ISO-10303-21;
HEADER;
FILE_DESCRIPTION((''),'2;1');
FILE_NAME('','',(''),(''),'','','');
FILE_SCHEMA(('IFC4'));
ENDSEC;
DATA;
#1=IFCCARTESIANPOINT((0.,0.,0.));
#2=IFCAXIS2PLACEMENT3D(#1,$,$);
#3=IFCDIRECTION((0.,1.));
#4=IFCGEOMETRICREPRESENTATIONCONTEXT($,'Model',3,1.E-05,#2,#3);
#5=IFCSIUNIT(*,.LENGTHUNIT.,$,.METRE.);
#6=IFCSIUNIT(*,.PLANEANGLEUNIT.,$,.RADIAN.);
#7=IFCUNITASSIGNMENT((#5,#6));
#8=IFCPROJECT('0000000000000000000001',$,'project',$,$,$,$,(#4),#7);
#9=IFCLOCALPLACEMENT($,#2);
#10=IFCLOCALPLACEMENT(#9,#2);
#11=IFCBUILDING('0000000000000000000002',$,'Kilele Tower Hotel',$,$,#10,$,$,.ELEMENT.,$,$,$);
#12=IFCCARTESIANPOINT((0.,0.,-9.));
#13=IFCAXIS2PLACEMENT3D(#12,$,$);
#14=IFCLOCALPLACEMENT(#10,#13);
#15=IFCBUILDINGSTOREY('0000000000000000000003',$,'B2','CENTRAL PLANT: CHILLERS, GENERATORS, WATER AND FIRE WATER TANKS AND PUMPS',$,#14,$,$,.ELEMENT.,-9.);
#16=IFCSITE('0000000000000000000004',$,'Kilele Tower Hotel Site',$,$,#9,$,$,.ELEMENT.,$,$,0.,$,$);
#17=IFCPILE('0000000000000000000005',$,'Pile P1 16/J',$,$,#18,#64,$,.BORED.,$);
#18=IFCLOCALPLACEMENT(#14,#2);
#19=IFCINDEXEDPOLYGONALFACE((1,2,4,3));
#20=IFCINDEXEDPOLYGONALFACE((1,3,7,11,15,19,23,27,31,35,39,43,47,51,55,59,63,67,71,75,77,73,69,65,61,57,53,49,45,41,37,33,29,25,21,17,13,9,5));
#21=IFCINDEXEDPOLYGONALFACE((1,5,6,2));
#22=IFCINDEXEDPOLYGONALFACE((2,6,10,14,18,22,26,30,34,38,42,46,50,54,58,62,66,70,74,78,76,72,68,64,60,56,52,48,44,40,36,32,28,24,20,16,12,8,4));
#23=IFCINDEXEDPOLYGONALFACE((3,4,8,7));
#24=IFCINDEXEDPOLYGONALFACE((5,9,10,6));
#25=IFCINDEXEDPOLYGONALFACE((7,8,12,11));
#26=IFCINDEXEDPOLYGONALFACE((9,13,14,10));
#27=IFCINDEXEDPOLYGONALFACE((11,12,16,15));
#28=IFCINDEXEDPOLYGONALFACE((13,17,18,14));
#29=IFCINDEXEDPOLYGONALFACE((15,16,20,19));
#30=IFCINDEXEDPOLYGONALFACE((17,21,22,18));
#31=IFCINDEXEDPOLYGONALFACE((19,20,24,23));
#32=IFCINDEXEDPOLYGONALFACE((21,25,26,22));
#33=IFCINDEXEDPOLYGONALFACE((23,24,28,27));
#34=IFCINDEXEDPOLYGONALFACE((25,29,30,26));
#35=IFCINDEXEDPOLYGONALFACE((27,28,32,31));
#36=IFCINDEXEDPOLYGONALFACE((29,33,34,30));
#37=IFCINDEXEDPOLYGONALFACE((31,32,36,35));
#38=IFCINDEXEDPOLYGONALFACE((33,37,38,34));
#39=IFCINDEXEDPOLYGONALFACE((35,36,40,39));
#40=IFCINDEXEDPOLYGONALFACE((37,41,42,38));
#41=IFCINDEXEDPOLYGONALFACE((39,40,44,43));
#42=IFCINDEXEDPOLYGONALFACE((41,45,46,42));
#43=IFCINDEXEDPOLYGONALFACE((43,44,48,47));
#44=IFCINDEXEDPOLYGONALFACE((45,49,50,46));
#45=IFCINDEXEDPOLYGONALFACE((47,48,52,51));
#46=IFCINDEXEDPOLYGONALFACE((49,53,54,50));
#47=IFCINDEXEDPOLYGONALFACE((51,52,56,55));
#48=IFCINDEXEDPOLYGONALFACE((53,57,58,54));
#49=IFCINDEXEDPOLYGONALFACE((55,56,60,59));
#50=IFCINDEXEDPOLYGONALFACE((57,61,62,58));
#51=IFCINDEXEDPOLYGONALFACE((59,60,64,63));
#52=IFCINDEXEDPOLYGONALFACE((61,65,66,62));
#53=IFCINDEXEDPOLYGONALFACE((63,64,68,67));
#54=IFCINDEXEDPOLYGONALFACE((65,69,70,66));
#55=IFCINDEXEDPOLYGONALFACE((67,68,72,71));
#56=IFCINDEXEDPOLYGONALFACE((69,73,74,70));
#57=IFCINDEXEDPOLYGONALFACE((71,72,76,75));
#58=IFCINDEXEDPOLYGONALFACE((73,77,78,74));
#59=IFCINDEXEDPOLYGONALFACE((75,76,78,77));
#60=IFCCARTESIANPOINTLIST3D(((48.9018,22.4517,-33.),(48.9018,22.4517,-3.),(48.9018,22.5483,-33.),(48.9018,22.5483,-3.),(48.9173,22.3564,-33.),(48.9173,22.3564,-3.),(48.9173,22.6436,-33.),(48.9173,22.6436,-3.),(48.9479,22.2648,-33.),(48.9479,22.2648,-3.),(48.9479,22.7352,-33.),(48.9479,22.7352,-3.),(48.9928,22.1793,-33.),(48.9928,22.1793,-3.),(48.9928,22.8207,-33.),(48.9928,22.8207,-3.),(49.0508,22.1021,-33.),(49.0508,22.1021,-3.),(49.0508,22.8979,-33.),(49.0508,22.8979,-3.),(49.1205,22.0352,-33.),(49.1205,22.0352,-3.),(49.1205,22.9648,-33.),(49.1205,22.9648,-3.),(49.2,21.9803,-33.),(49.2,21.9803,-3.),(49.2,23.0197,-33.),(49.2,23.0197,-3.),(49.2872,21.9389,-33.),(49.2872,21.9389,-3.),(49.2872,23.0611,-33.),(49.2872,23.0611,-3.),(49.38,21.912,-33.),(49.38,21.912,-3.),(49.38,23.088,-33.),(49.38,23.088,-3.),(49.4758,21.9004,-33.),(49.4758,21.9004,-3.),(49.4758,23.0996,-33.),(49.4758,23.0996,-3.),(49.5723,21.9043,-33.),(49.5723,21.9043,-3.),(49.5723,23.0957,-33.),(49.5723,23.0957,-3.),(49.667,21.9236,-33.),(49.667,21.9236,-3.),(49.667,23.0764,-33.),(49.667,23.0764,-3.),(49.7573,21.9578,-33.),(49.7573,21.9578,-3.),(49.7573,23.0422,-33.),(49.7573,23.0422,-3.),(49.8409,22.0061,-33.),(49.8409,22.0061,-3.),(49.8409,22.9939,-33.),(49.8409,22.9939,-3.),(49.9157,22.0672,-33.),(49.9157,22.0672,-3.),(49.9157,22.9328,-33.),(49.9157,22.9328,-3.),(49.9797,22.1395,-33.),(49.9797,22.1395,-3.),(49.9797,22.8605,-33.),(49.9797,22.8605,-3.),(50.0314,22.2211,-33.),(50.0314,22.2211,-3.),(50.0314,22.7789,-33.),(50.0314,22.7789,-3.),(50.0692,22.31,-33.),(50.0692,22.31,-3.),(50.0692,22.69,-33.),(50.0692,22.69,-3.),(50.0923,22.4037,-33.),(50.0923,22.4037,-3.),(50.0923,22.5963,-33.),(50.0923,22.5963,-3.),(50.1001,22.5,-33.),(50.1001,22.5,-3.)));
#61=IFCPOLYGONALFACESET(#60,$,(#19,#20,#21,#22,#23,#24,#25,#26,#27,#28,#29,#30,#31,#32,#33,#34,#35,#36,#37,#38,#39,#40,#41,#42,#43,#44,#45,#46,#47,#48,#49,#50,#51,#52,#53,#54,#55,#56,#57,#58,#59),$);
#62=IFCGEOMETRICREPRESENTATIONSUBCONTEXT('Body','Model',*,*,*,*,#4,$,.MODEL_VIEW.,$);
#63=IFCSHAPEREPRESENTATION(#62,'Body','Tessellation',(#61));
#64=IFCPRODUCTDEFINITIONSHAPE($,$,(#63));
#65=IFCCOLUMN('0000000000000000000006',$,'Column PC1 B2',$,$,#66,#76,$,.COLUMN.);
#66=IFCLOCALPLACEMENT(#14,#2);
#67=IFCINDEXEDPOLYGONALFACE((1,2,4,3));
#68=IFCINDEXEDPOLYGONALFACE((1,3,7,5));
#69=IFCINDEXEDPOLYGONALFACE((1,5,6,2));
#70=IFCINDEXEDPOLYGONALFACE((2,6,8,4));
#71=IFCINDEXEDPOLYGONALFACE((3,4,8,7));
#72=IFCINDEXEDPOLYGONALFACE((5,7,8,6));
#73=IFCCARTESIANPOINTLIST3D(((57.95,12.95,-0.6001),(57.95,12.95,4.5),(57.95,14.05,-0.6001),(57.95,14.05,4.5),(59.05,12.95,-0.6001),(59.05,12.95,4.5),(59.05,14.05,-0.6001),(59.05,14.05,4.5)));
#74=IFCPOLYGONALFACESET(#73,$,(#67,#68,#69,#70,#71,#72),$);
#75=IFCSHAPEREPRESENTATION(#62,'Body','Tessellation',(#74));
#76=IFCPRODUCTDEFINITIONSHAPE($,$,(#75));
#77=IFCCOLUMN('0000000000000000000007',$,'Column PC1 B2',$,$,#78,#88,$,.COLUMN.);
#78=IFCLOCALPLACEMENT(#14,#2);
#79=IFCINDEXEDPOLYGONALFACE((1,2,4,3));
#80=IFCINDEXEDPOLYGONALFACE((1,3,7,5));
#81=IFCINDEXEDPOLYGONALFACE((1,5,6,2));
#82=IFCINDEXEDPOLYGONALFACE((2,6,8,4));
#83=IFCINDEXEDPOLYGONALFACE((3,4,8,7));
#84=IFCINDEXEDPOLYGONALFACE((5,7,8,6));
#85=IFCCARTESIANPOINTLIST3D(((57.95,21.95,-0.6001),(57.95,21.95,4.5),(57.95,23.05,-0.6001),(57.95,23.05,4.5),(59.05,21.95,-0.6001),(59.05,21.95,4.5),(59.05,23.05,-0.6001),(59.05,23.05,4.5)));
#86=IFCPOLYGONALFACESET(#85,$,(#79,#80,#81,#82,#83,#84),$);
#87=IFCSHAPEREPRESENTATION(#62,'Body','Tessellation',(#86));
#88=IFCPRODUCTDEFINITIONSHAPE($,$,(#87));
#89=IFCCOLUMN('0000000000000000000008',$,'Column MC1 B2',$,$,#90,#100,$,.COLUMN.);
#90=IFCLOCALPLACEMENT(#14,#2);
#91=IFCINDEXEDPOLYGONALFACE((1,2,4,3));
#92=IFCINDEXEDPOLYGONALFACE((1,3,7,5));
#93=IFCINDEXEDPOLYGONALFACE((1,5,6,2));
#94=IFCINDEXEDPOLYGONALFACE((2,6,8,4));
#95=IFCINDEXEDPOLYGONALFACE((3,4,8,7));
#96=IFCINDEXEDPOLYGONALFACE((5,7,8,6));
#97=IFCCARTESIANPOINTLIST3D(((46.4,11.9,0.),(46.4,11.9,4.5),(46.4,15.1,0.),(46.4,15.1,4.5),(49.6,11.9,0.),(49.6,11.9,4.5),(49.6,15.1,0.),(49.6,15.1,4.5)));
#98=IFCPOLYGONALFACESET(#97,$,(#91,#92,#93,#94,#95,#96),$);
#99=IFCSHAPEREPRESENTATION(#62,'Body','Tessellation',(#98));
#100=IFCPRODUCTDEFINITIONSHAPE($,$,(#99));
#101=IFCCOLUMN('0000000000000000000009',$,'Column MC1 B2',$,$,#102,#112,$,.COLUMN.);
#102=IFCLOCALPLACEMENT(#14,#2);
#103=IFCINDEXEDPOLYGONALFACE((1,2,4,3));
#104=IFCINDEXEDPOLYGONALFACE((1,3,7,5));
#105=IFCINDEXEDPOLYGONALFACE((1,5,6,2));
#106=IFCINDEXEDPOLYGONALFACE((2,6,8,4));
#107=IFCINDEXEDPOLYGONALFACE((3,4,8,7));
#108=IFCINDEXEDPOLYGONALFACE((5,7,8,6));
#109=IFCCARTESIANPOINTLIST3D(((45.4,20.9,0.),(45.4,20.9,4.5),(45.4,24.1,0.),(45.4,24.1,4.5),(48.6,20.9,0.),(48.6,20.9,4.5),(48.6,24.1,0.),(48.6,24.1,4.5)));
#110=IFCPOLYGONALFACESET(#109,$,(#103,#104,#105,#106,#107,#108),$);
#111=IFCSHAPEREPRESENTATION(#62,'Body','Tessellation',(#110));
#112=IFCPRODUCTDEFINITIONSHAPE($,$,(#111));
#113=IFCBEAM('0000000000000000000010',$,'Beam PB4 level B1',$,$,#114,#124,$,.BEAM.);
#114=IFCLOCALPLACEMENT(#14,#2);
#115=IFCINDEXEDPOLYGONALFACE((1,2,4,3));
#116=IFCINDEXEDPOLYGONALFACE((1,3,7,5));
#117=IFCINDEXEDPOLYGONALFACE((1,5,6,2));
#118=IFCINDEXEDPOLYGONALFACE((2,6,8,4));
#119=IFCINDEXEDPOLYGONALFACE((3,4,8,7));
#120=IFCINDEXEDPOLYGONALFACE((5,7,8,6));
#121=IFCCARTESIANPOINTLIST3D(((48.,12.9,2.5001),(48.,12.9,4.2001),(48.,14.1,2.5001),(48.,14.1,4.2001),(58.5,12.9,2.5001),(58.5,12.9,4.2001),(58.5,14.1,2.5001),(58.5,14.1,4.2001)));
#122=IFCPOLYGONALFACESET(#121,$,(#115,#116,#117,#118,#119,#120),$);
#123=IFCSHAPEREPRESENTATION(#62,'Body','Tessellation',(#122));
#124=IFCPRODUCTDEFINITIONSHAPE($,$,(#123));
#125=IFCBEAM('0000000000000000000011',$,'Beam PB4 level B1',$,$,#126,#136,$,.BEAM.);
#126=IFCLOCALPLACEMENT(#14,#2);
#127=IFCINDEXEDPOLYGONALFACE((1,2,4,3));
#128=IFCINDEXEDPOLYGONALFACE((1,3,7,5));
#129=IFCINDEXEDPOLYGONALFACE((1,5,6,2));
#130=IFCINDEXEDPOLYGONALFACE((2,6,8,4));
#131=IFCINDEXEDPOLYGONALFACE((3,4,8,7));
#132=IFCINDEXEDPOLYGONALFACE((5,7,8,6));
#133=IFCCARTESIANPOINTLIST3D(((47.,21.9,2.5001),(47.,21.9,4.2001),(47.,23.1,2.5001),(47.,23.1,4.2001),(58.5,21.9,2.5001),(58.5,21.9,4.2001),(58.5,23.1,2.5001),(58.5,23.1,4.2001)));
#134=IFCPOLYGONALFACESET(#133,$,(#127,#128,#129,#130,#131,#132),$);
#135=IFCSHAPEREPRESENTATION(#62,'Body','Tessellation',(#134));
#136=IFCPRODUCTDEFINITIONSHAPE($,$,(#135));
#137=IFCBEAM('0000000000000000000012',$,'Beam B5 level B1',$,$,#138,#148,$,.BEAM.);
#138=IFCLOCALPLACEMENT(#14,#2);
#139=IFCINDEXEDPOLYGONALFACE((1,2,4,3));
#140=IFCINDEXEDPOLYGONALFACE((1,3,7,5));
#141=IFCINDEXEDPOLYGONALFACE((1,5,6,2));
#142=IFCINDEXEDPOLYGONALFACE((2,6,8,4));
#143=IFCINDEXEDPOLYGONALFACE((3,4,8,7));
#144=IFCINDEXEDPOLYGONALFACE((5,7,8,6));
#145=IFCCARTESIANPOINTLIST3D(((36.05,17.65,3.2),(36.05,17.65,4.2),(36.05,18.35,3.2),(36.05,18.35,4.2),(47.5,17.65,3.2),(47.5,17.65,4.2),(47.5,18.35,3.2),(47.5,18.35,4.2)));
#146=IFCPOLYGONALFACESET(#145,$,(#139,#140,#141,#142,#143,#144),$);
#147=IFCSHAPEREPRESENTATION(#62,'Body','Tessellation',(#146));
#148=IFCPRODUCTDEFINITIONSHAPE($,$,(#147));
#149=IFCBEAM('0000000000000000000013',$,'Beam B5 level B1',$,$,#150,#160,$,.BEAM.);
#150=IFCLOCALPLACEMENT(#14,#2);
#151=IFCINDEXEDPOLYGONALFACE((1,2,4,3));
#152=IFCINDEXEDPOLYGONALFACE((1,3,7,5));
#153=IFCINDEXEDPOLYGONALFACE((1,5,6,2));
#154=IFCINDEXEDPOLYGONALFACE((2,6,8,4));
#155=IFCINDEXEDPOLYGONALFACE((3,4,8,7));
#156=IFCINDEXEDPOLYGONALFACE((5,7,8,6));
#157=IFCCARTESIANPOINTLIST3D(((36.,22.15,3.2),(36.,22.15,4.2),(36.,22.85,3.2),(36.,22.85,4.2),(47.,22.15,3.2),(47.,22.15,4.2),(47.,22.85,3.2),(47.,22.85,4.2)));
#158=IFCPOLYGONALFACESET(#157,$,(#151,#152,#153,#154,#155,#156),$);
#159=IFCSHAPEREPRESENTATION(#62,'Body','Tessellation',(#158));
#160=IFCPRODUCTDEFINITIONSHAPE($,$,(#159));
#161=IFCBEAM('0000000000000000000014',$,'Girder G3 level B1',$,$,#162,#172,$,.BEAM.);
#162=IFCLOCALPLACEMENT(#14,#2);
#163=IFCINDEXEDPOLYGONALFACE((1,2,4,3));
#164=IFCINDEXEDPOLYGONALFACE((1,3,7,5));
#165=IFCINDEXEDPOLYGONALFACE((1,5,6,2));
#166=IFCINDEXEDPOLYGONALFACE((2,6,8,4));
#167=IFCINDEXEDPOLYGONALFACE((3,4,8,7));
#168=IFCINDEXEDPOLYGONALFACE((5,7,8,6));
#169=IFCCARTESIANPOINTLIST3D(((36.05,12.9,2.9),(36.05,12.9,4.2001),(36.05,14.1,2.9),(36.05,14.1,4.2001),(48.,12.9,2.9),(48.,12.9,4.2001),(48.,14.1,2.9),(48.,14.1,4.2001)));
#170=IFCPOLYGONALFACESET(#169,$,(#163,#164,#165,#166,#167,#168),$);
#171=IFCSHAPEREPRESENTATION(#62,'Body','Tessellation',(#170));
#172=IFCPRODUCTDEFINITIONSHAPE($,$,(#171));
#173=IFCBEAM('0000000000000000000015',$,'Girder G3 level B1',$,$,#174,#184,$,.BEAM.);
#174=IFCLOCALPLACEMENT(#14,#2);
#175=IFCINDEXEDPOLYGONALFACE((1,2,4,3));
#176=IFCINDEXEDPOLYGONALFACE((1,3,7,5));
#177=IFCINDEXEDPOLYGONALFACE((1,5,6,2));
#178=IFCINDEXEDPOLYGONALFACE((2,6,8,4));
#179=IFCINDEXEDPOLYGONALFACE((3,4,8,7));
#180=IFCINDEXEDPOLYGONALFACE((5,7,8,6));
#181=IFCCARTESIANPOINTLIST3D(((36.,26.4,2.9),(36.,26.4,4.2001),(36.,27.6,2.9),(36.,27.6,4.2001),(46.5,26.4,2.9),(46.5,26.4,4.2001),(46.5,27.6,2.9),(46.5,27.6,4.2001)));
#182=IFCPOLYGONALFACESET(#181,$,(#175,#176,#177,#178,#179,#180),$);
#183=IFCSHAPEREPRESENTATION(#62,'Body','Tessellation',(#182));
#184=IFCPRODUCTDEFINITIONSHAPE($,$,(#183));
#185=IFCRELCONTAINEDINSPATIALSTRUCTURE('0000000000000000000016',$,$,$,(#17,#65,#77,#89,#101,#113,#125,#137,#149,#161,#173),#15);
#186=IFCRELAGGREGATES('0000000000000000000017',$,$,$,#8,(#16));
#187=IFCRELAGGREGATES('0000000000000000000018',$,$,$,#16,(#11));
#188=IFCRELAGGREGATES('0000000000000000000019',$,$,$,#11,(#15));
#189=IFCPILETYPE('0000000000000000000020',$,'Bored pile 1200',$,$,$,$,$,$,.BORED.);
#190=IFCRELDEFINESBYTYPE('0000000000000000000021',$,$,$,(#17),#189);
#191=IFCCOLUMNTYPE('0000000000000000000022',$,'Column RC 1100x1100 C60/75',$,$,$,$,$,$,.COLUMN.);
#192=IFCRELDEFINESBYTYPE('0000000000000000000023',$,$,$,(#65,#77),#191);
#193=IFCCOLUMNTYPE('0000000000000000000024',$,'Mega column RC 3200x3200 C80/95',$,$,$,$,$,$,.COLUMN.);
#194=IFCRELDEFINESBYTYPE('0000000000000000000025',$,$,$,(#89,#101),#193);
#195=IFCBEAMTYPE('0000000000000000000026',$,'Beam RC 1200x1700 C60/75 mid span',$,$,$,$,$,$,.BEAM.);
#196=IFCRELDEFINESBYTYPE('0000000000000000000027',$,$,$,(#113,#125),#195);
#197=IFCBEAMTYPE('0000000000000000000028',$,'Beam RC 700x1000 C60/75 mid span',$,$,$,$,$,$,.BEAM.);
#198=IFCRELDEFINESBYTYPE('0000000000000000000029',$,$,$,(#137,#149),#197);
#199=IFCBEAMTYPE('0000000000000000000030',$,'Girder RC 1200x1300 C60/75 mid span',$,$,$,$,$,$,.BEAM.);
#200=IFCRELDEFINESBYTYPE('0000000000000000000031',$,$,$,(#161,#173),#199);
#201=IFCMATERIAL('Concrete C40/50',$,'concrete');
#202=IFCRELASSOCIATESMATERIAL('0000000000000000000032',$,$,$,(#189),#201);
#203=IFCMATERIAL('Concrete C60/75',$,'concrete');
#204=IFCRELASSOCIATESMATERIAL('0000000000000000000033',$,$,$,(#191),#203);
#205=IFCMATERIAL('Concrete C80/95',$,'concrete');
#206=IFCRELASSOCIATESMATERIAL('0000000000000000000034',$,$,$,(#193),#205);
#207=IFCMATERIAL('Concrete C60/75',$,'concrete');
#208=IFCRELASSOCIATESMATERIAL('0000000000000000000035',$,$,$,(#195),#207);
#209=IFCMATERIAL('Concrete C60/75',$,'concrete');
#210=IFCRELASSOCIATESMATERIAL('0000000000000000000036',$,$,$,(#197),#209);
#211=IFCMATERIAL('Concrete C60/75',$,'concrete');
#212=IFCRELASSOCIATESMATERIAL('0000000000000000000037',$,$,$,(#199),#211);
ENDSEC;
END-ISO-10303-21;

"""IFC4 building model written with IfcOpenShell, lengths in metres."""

from ifc_helpers import new_model, si_unit, direction, frame, origin, origin_2d, place, context, subcontext, project, spatial, rectangle, circle, extrude, material, material_profile, profile_set, type_object, element, save


model = new_model("IFC4")

# Units and contexts
model_context = context("Model", 3, precision=1e-05, world=origin(), true_north=direction((0.0, 1.0)))
body_context = subcontext(model_context, "Body", "Model", "MODEL_VIEW")
ifc_project = project(units=[si_unit("LENGTHUNIT", "METRE"), si_unit("PLANEANGLEUNIT", "RADIAN")], contexts=[model_context])

# Site, building, storey
site_placement = place(None, origin())
site = spatial("IfcSite", under=ifc_project, at=site_placement, Name="Kilele Tower Hotel Site", CompositionType="ELEMENT", RefElevation=0.0)
building_placement = place(site_placement, origin())
building = spatial("IfcBuilding", under=site, at=building_placement, Name="Kilele Tower Hotel", CompositionType="ELEMENT")
storey_placement = place(building_placement, frame((0.0, 0.0, -9.0)))
storey = spatial("IfcBuildingStorey", under=building, at=storey_placement, Name="B2", Description="CENTRAL PLANT: CHILLERS, GENERATORS, WATER AND FIRE WATER TANKS AND PUMPS", CompositionType="ELEMENT", Elevation=-9.0)

# Pile
ifc_material_1 = material(Name="Concrete C40/50", Category="concrete")
ifc_material_profile_1 = material_profile(ifc_material_1, circle(Radius=0.6001, at=origin_2d()))
ifc_profile_set_1 = profile_set([ifc_material_profile_1], Name="Concrete C40/50")
pile_type = type_object("IfcPileType", Name="Bored pile 1200", PredefinedType="BORED", material=ifc_profile_set_1)
for number, where, z_axis, x_axis, name in (
    (1, (49.5, 22.5, -3.0), (0.0, 0.0, -1.0), (1.0, 0.0, 0.0), "Pile P1 16/J"),
):
    element("IfcPile", number, at=place(storey_placement, frame(where, z_axis=z_axis, x_axis=x_axis)), inside=storey, type_object=pile_type, Name=name, PredefinedType="BORED", context=body_context, shape_type="SweptSolid", body=[
        extrude(circle(Radius=0.6001, at=origin_2d()), origin(), (0.0, 0.0, 1.0), 30.0),
    ])

# Columns
ifc_material_2 = material(Name="Concrete C60/75", Category="concrete")
ifc_material_profile_2 = material_profile(ifc_material_2, rectangle(XDim=1.1001, YDim=1.1001, at=origin_2d()))
ifc_profile_set_2 = profile_set([ifc_material_profile_2], Name="Concrete C60/75")
column_type_1 = type_object("IfcColumnType", Name="Column RC 1100x1100 C60/75", PredefinedType="COLUMN", material=ifc_profile_set_2)
for number, where, z_axis, x_axis, name in (
    (2, (58.5, 13.5, -0.6001), (0.0, 0.0, 1.0), (1.0, 0.0, 0.0), "Column PC1 B2"),
    (3, (58.5, 22.5, -0.6001), (0.0, 0.0, 1.0), (1.0, 0.0, 0.0), "Column PC1 B2"),
):
    element("IfcColumn", number, at=place(storey_placement, frame(where, z_axis=z_axis, x_axis=x_axis)), inside=storey, type_object=column_type_1, Name=name, PredefinedType="COLUMN", context=body_context, shape_type="SweptSolid", body=[
        extrude(rectangle(XDim=1.1001, YDim=1.1001, at=origin_2d()), origin(), (0.0, 0.0, 1.0), 5.1001),
    ])
ifc_material_3 = material(Name="Concrete C80/95", Category="concrete")
ifc_material_profile_3 = material_profile(ifc_material_3, rectangle(XDim=3.2, YDim=3.2, at=origin_2d()))
ifc_profile_set_3 = profile_set([ifc_material_profile_3], Name="Concrete C80/95")
column_type_2 = type_object("IfcColumnType", Name="Mega column RC 3200x3200 C80/95", PredefinedType="COLUMN", material=ifc_profile_set_3)
for number, where, z_axis, x_axis, name in (
    (4, (48.0, 13.5, 0.0), (0.0, 0.0, 1.0), (1.0, 0.0, 0.0), "Column MC1 B2"),
    (5, (47.0, 22.5, 0.0), (0.0, 0.0, 1.0), (1.0, 0.0, 0.0), "Column MC1 B2"),
):
    element("IfcColumn", number, at=place(storey_placement, frame(where, z_axis=z_axis, x_axis=x_axis)), inside=storey, type_object=column_type_2, Name=name, PredefinedType="COLUMN", context=body_context, shape_type="SweptSolid", body=[
        extrude(rectangle(XDim=3.2, YDim=3.2, at=origin_2d()), origin(), (0.0, 0.0, 1.0), 4.5),
    ])

# Beams
ifc_material_4 = material(Name="Concrete C60/75", Category="concrete")
ifc_material_profile_4 = material_profile(ifc_material_4, rectangle(XDim=1.2, YDim=1.7, at=origin_2d()))
ifc_profile_set_4 = profile_set([ifc_material_profile_4], Name="Concrete C60/75")
beam_type_1 = type_object("IfcBeamType", Name="Beam RC 1200x1700 C60/75 mid span", PredefinedType="BEAM", material=ifc_profile_set_4)
beam_1_placement = place(storey_placement, frame((48.0, 13.5, 3.3501), z_axis=(1.0, 0.0, 0.0), x_axis=(0.0, 1.0, 0.0)))
element("IfcBeam", 6, at=beam_1_placement, inside=storey, type_object=beam_type_1, Name="Beam PB4 level B1", PredefinedType="BEAM", context=body_context, shape_type="SweptSolid", body=[
    extrude(rectangle(XDim=1.2, YDim=1.7, at=origin_2d()), origin(), (0.0, 0.0, 1.0), 10.5),
])
beam_2_placement = place(storey_placement, frame((47.0, 22.5, 3.3501), z_axis=(1.0, 0.0, 0.0), x_axis=(0.0, 1.0, 0.0)))
element("IfcBeam", 7, at=beam_2_placement, inside=storey, type_object=beam_type_1, Name="Beam PB4 level B1", PredefinedType="BEAM", context=body_context, shape_type="SweptSolid", body=[
    extrude(rectangle(XDim=1.2, YDim=1.7, at=origin_2d()), origin(), (0.0, 0.0, 1.0), 11.5),
])
ifc_material_5 = material(Name="Concrete C60/75", Category="concrete")
ifc_material_profile_5 = material_profile(ifc_material_5, rectangle(XDim=0.7, YDim=1.0, at=origin_2d()))
ifc_profile_set_5 = profile_set([ifc_material_profile_5], Name="Concrete C60/75")
beam_type_2 = type_object("IfcBeamType", Name="Beam RC 700x1000 C60/75 mid span", PredefinedType="BEAM", material=ifc_profile_set_5)
beam_3_placement = place(storey_placement, frame((47.5, 18.0, 3.7), z_axis=(-1.0, 0.0, 0.0), x_axis=(0.0, -1.0, 0.0)))
element("IfcBeam", 8, at=beam_3_placement, inside=storey, type_object=beam_type_2, Name="Beam B5 level B1", PredefinedType="BEAM", context=body_context, shape_type="SweptSolid", body=[
    extrude(rectangle(XDim=0.7, YDim=1.0, at=origin_2d()), origin(), (0.0, 0.0, 1.0), 11.45),
])
beam_4_placement = place(storey_placement, frame((47.0, 22.5, 3.7), z_axis=(-1.0, 0.0, 0.0), x_axis=(0.0, -1.0, 0.0)))
element("IfcBeam", 9, at=beam_4_placement, inside=storey, type_object=beam_type_2, Name="Beam B5 level B1", PredefinedType="BEAM", context=body_context, shape_type="SweptSolid", body=[
    extrude(rectangle(XDim=0.7, YDim=1.0, at=origin_2d()), origin(), (0.0, 0.0, 1.0), 11.0),
])
ifc_material_6 = material(Name="Concrete C60/75", Category="concrete")
ifc_material_profile_6 = material_profile(ifc_material_6, rectangle(XDim=1.2, YDim=1.3, at=origin_2d()))
ifc_profile_set_6 = profile_set([ifc_material_profile_6], Name="Concrete C60/75")
beam_type_3 = type_object("IfcBeamType", Name="Girder RC 1200x1300 C60/75 mid span", PredefinedType="BEAM", material=ifc_profile_set_6)
beam_5_placement = place(storey_placement, frame((48.0, 13.5, 3.55), z_axis=(-1.0, 0.0, 0.0), x_axis=(0.0, -1.0, 0.0)))
element("IfcBeam", 10, at=beam_5_placement, inside=storey, type_object=beam_type_3, Name="Girder G3 level B1", PredefinedType="BEAM", context=body_context, shape_type="SweptSolid", body=[
    extrude(rectangle(XDim=1.2, YDim=1.3, at=origin_2d()), origin(), (0.0, 0.0, 1.0), 11.95),
])
beam_6_placement = place(storey_placement, frame((46.5, 27.0, 3.55), z_axis=(-1.0, 0.0, 0.0), x_axis=(0.0, -1.0, 0.0)))
element("IfcBeam", 11, at=beam_6_placement, inside=storey, type_object=beam_type_3, Name="Girder G3 level B1", PredefinedType="BEAM", context=body_context, shape_type="SweptSolid", body=[
    extrude(rectangle(XDim=1.2, YDim=1.3, at=origin_2d()), origin(), (0.0, 0.0, 1.0), 10.5),
])

save(model, "model.ifc")
